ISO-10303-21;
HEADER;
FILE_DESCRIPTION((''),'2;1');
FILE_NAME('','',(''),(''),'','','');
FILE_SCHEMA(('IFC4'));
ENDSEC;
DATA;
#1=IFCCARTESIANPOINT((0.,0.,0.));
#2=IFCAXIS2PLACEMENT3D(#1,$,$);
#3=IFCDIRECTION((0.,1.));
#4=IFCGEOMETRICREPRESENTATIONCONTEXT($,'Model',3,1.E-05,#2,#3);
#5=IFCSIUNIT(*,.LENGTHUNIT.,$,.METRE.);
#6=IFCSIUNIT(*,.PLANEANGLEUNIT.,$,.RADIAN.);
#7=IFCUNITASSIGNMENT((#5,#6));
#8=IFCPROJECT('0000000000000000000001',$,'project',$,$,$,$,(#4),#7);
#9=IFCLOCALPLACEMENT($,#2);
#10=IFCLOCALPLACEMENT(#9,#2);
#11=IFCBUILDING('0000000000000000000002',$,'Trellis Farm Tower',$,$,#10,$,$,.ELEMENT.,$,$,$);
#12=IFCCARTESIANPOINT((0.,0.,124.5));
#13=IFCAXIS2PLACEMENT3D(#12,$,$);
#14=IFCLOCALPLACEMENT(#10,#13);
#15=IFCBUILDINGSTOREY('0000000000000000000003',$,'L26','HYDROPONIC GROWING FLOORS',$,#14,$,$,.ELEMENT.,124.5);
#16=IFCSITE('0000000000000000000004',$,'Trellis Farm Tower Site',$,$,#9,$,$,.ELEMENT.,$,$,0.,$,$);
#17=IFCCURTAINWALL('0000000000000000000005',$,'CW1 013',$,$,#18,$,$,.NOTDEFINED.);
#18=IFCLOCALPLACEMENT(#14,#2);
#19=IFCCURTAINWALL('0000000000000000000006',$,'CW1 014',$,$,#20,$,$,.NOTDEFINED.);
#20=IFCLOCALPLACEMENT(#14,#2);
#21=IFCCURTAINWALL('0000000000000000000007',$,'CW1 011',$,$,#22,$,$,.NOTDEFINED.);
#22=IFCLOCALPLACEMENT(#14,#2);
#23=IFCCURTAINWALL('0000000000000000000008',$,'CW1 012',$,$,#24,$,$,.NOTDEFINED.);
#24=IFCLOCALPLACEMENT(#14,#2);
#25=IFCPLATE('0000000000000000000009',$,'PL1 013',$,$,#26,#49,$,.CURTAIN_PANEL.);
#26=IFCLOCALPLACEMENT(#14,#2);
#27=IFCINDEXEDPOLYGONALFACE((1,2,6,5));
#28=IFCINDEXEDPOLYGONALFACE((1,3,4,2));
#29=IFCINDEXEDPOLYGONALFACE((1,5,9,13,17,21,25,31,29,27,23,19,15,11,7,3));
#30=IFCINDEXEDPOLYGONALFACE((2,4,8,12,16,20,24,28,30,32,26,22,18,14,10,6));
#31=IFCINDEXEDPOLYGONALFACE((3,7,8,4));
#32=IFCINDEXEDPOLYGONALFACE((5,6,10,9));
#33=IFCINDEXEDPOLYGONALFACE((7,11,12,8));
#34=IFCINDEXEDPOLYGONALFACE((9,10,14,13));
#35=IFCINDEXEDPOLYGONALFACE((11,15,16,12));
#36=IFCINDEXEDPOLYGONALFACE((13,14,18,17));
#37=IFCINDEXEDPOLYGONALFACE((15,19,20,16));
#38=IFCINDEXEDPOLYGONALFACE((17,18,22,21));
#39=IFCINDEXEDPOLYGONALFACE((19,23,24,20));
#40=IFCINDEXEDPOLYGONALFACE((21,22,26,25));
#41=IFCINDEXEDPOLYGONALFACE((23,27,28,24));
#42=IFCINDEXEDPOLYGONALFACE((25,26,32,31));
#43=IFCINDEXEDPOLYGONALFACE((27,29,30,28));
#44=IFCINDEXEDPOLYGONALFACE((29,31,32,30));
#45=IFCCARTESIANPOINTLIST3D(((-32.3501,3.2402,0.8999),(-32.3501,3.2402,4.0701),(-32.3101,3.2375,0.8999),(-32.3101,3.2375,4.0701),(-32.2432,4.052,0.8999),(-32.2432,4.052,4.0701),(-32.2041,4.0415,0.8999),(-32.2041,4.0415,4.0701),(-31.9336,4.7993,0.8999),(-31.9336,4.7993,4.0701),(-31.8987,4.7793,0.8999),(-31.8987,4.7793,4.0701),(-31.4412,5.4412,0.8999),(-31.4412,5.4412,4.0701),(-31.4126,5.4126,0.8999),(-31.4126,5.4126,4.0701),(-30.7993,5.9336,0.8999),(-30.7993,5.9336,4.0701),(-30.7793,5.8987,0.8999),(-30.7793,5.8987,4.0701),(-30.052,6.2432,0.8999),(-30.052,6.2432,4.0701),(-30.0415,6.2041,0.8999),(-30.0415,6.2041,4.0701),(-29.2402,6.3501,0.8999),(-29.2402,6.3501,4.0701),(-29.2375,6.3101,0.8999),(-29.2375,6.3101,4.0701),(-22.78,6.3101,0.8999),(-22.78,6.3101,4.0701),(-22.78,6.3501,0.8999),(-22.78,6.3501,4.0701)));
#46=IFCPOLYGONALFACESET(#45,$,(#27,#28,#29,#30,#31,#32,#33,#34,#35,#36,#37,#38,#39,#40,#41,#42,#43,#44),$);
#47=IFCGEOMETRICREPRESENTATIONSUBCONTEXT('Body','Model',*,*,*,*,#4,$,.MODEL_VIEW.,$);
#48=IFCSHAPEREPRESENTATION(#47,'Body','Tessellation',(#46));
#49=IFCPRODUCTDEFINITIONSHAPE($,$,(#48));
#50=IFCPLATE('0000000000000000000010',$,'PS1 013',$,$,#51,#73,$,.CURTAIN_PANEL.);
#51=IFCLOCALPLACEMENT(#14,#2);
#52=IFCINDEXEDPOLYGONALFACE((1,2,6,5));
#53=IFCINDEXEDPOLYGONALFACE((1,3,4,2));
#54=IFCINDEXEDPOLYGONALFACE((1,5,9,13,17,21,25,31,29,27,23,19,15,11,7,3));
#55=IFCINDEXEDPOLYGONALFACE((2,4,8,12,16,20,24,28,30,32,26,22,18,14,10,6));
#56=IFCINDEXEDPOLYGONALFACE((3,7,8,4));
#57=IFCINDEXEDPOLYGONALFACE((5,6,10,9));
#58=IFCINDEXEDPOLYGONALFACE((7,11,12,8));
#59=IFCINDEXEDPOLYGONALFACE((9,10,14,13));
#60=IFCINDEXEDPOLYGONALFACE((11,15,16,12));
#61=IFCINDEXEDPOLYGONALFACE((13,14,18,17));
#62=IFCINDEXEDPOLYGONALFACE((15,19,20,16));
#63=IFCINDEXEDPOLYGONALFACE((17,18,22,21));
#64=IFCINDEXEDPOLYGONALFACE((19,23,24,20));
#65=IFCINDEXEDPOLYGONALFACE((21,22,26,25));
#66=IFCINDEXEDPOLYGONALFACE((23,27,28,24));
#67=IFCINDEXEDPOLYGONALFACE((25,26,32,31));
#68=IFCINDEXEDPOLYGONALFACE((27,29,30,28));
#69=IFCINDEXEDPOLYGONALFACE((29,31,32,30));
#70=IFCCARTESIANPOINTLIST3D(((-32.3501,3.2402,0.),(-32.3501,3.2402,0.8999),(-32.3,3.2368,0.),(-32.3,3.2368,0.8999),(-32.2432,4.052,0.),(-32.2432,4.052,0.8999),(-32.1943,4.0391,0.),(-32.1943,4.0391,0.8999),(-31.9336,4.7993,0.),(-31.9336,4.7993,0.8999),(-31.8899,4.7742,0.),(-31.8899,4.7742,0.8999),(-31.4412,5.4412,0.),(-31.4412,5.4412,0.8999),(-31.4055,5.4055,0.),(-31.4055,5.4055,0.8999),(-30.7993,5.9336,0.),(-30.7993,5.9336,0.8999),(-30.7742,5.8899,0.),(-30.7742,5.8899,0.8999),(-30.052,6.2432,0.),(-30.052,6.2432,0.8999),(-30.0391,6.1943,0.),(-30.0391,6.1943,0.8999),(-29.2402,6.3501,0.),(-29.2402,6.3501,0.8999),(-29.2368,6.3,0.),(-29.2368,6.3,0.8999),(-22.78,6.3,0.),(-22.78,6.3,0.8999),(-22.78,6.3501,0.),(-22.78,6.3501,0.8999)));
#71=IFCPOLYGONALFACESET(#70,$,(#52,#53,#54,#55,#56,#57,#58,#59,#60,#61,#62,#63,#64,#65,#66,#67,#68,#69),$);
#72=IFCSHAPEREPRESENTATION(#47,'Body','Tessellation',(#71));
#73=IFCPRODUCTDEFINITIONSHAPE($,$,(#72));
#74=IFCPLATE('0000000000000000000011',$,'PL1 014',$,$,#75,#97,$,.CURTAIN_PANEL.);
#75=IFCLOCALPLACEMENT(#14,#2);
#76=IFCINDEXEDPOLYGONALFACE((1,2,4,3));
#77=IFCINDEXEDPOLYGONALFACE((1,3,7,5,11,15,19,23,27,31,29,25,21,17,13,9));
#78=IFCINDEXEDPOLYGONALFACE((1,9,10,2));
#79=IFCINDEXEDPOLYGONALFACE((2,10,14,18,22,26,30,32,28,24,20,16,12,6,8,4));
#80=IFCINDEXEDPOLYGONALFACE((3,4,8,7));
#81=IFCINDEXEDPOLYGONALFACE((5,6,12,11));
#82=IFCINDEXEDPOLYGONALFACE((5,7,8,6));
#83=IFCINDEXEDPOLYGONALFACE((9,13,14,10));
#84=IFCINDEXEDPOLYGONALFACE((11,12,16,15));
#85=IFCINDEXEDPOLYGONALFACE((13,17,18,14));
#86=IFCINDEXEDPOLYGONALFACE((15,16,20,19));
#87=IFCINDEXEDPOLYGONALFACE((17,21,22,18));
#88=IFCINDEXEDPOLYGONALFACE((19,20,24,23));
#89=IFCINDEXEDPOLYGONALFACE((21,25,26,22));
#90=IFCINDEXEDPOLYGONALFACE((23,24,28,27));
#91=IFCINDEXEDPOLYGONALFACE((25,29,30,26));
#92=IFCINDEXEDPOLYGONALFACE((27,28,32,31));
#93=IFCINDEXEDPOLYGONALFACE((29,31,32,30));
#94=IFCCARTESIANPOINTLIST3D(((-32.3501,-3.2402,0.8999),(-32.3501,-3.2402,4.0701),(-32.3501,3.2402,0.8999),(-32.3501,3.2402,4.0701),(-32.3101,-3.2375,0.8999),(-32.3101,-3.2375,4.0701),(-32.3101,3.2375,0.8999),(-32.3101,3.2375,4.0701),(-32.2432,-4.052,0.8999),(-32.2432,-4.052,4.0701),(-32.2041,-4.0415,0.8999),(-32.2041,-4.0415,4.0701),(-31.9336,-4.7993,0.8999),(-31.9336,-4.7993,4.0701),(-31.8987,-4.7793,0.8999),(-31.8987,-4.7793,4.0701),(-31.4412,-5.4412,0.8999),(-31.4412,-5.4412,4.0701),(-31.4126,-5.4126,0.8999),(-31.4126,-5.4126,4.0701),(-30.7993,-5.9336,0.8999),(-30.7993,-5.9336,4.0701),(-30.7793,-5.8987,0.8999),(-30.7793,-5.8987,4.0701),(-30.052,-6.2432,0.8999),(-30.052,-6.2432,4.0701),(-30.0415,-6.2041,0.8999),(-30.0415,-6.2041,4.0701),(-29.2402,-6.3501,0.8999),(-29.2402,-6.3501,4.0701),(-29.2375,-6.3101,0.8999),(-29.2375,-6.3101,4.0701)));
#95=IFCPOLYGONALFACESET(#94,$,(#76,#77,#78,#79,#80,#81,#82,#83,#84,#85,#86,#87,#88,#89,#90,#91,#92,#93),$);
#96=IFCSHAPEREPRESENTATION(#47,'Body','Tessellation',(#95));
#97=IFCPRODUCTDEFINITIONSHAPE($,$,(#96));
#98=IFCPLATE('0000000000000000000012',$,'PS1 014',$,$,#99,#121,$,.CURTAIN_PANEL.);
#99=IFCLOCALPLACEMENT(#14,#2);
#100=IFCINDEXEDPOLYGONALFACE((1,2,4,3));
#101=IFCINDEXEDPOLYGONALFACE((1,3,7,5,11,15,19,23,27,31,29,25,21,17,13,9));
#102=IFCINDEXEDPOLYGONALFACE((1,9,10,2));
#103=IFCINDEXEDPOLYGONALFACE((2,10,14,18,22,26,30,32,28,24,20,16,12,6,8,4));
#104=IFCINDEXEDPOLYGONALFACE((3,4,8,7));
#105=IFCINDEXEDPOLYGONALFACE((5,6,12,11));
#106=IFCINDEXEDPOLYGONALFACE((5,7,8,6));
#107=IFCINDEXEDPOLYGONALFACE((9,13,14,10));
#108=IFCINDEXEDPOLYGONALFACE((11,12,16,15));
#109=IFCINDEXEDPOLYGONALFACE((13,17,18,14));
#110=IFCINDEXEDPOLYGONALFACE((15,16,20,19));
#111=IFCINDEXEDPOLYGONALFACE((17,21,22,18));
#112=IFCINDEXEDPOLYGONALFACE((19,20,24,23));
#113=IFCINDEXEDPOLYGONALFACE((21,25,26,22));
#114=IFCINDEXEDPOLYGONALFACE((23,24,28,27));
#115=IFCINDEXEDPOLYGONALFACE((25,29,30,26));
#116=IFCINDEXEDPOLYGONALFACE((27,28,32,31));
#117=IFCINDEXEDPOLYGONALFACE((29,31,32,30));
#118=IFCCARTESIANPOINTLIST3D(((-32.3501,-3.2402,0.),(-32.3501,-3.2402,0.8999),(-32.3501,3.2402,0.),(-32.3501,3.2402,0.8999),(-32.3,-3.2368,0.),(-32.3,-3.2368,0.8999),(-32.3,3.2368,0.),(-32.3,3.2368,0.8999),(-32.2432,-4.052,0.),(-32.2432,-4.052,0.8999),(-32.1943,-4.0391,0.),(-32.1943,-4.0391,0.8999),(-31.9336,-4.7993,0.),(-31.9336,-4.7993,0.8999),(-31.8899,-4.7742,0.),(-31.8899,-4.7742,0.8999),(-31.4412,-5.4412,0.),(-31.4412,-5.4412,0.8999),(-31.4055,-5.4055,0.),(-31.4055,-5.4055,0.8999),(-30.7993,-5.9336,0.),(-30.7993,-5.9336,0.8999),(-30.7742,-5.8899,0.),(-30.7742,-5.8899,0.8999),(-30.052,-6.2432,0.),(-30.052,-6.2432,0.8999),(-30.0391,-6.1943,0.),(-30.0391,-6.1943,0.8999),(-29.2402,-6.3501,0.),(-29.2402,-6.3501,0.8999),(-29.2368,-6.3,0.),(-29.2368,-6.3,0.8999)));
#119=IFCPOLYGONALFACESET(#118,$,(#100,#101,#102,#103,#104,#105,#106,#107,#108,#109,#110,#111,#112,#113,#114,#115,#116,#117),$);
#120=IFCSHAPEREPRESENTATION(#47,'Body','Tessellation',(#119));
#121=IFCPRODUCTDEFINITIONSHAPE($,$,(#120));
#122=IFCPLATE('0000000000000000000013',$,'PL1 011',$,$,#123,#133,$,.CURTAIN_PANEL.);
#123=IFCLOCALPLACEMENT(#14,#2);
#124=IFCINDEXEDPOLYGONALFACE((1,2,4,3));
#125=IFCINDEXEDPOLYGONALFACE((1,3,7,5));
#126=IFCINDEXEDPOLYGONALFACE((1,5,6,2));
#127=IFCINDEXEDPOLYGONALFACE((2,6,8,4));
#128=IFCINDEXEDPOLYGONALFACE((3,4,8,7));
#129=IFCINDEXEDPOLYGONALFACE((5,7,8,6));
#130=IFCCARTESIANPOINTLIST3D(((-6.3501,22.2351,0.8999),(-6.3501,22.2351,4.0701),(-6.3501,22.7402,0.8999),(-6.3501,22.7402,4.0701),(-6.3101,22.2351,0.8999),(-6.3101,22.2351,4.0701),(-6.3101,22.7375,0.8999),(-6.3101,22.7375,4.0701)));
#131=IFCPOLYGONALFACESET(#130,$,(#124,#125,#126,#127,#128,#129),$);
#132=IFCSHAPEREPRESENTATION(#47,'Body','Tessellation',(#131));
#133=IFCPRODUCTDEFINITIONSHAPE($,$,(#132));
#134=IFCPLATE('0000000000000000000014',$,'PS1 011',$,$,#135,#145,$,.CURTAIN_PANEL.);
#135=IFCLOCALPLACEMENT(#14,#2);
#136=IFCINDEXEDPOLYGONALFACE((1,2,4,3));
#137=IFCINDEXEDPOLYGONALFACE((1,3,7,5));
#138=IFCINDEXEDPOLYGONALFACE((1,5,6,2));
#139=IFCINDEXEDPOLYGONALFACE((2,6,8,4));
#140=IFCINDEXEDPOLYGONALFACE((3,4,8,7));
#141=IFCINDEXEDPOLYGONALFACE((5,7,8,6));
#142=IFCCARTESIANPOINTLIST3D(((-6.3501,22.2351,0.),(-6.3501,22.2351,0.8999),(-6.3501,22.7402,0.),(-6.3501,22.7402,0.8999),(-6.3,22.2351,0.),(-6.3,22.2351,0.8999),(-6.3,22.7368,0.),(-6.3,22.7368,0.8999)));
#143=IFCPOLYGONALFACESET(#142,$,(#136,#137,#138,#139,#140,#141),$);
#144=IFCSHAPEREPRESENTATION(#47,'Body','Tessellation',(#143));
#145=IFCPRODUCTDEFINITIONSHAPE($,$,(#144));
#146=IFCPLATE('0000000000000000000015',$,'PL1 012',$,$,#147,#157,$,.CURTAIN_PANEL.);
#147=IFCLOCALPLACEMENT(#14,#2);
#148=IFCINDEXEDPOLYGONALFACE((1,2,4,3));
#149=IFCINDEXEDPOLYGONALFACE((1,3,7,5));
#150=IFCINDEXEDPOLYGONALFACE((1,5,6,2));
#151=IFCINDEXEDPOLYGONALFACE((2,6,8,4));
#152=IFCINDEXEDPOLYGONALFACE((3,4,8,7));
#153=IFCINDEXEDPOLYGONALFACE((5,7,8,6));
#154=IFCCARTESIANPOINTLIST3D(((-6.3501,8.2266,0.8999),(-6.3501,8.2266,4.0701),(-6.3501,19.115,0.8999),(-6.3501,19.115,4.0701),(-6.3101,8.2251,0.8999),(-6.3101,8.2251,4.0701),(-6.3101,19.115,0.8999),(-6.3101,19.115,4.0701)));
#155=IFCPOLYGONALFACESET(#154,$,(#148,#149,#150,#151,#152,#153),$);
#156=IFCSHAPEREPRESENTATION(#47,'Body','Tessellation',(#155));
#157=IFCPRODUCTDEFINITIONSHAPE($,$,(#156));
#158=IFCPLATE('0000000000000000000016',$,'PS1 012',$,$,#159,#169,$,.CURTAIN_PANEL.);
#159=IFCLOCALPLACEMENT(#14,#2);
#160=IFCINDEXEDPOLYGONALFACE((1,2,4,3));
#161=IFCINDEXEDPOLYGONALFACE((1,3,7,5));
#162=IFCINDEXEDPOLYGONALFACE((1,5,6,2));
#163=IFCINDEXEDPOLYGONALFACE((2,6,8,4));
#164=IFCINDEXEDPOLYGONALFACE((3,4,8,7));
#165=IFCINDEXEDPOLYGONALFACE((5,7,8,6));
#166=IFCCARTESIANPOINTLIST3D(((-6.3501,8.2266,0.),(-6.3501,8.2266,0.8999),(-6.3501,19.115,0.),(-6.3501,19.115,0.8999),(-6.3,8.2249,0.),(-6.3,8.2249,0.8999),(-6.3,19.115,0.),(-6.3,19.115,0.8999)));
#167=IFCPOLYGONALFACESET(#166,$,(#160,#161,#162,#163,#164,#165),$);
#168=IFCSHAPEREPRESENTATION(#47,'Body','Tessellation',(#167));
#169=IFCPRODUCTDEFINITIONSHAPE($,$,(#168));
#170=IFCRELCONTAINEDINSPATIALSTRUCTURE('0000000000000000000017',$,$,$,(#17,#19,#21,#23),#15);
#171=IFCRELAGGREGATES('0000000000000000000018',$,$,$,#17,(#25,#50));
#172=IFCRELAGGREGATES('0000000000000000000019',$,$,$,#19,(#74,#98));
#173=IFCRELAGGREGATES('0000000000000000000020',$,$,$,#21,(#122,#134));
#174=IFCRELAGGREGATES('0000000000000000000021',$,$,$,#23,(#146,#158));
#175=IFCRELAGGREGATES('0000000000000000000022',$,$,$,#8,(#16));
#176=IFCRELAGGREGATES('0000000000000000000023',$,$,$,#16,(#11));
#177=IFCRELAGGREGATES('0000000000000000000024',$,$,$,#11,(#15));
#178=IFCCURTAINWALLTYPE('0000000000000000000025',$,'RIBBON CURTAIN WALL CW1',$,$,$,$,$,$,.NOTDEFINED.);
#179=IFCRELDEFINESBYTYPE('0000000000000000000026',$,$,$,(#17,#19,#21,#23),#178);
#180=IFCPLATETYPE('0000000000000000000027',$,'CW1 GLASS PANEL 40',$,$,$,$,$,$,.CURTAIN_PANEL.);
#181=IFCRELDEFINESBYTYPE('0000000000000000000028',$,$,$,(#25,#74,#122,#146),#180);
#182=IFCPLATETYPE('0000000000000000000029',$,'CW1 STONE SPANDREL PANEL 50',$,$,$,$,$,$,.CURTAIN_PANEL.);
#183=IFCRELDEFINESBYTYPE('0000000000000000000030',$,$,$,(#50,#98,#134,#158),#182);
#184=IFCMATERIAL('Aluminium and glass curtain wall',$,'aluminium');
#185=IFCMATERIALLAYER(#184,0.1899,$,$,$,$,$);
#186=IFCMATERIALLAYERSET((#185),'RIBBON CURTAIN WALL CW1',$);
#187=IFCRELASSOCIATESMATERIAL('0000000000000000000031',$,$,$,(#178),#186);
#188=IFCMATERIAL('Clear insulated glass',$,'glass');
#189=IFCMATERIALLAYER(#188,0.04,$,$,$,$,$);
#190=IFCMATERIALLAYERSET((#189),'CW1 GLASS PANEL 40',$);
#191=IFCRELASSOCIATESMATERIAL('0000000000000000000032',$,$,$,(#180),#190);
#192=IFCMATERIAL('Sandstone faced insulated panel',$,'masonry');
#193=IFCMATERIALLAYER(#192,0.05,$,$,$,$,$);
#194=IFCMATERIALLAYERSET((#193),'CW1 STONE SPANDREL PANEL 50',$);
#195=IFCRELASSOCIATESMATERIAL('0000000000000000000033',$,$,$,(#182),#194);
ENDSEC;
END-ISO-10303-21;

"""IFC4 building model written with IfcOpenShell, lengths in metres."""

from ifc_helpers import new_model, si_unit, direction, frame, origin, place, context, subcontext, project, spatial, polyline, outline, extrude, source, transform, mapped, material, layer, layer_set, type_object, element, aggregate, save


model = new_model("IFC4")

# Units and contexts
model_context = context("Model", 3, precision=1e-05, world=origin(), true_north=direction((0.0, 1.0)))
body_context = subcontext(model_context, "Body", "Model", "MODEL_VIEW")
ifc_project = project(units=[si_unit("LENGTHUNIT", "METRE"), si_unit("PLANEANGLEUNIT", "RADIAN")], contexts=[model_context])

# Site, building, storey
site_placement = place(None, origin())
site = spatial("IfcSite", under=ifc_project, at=site_placement, Name="Trellis Farm Tower Site", CompositionType="ELEMENT", RefElevation=0.0)
building_placement = place(site_placement, origin())
building = spatial("IfcBuilding", under=site, at=building_placement, Name="Trellis Farm Tower", CompositionType="ELEMENT")
storey_placement = place(building_placement, frame((0.0, 0.0, 124.5)))
storey = spatial("IfcBuildingStorey", under=building, at=storey_placement, Name="L26", Description="HYDROPONIC GROWING FLOORS", CompositionType="ELEMENT", Elevation=124.5)

# Curtain walls
ifc_material_1 = material(Name="Aluminium and glass curtain wall", Category="aluminium")
placement_1 = place(storey_placement, origin())
ifc_layer_1 = layer(ifc_material_1, 0.1899)
ifc_layer_set_1 = layer_set([ifc_layer_1], Name="RIBBON CURTAIN WALL CW1")
curtain_wall_type_1 = type_object("IfcCurtainWallType", Name="RIBBON CURTAIN WALL CW1", PredefinedType="NOTDEFINED", material=ifc_layer_set_1)
curtain_wall_1 = element("IfcCurtainWall", 1, at=placement_1, inside=storey, type_object=curtain_wall_type_1, Name="CW1 013", PredefinedType="NOTDEFINED")
curtain_wall_2 = element("IfcCurtainWall", 2, at=placement_1, inside=storey, type_object=curtain_wall_type_1, Name="CW1 014", PredefinedType="NOTDEFINED")
curtain_wall_3 = element("IfcCurtainWall", 3, at=placement_1, inside=storey, type_object=curtain_wall_type_1, Name="CW1 011", PredefinedType="NOTDEFINED")
curtain_wall_4 = element("IfcCurtainWall", 4, at=placement_1, inside=storey, type_object=curtain_wall_type_1, Name="CW1 012", PredefinedType="NOTDEFINED")

# Plates
ifc_material_2 = material(Name="Clear insulated glass", Category="glass")
ifc_layer_2 = layer(ifc_material_2, 0.04)
ifc_layer_set_2 = layer_set([ifc_layer_2], Name="CW1 GLASS PANEL 40")
plate_type_1 = type_object("IfcPlateType", Name="CW1 GLASS PANEL 40", PredefinedType="CURTAIN_PANEL", material=ifc_layer_set_2)
shared_shape_1 = source(origin(), body_context, "Body", "SweptSolid", [
    extrude(outline(polyline([(-22.78, 6.3501), (-29.2402, 6.3501), (-30.052, 6.2432), (-30.7993, 5.9336), (-31.4412, 5.4412), (-31.9336, 4.7993), (-32.2432, 4.052), (-32.3501, 3.2402), (-32.3101, 3.2375), (-32.2041, 4.0415), (-31.8987, 4.7793), (-31.4126, 5.4126), (-30.7793, 5.8987), (-30.0415, 6.2041), (-29.2375, 6.3101), (-22.78, 6.3101), (-22.78, 6.3501)])), origin(), (0.0, 0.0, 1.0), 3.1702),
])
placement_2 = place(storey_placement, frame((0.0, 0.0, 0.8999)))
plate_1 = element("IfcPlate", 5, at=placement_2, type_object=plate_type_1, Name="PL1 013", PredefinedType="CURTAIN_PANEL", context=body_context, shape_type="MappedRepresentation", body=[
    mapped(shared_shape_1, transform((0.0, 0.0, 0.0))),
])
ifc_material_3 = material(Name="Sandstone faced insulated panel", Category="masonry")
ifc_layer_3 = layer(ifc_material_3, 0.05)
ifc_layer_set_3 = layer_set([ifc_layer_3], Name="CW1 STONE SPANDREL PANEL 50")
plate_type_2 = type_object("IfcPlateType", Name="CW1 STONE SPANDREL PANEL 50", PredefinedType="CURTAIN_PANEL", material=ifc_layer_set_3)
shared_shape_2 = source(origin(), body_context, "Body", "SweptSolid", [
    extrude(outline(polyline([(-22.78, 6.3501), (-29.2402, 6.3501), (-30.052, 6.2432), (-30.7993, 5.9336), (-31.4412, 5.4412), (-31.9336, 4.7993), (-32.2432, 4.052), (-32.3501, 3.2402), (-32.3, 3.2368), (-32.1943, 4.0391), (-31.8899, 4.7742), (-31.4055, 5.4055), (-30.7742, 5.8899), (-30.0391, 6.1943), (-29.2368, 6.3), (-22.78, 6.3), (-22.78, 6.3501)])), origin(), (0.0, 0.0, 1.0), 0.8999),
])
plate_2 = element("IfcPlate", 6, at=placement_1, type_object=plate_type_2, Name="PS1 013", PredefinedType="CURTAIN_PANEL", context=body_context, shape_type="MappedRepresentation", body=[
    mapped(shared_shape_2, transform((0.0, 0.0, 0.0))),
])
aggregate(curtain_wall_1, [plate_1, plate_2])
shared_shape_3 = source(origin(), body_context, "Body", "SweptSolid", [
    extrude(outline(polyline([(-32.3501, 3.2402), (-32.3501, -3.2402), (-32.2432, -4.052), (-31.9336, -4.7993), (-31.4412, -5.4412), (-30.7993, -5.9336), (-30.052, -6.2432), (-29.2402, -6.3501), (-29.2375, -6.3101), (-30.0415, -6.2041), (-30.7793, -5.8987), (-31.4126, -5.4126), (-31.8987, -4.7793), (-32.2041, -4.0415), (-32.3101, -3.2375), (-32.3101, 3.2375), (-32.3501, 3.2402)])), origin(), (0.0, 0.0, 1.0), 3.1702),
])
plate_3 = element("IfcPlate", 7, at=placement_2, type_object=plate_type_1, Name="PL1 014", PredefinedType="CURTAIN_PANEL", context=body_context, shape_type="MappedRepresentation", body=[
    mapped(shared_shape_3, transform((0.0, 0.0, 0.0))),
])
shared_shape_4 = source(origin(), body_context, "Body", "SweptSolid", [
    extrude(outline(polyline([(-32.3501, 3.2402), (-32.3501, -3.2402), (-32.2432, -4.052), (-31.9336, -4.7993), (-31.4412, -5.4412), (-30.7993, -5.9336), (-30.052, -6.2432), (-29.2402, -6.3501), (-29.2368, -6.3), (-30.0391, -6.1943), (-30.7742, -5.8899), (-31.4055, -5.4055), (-31.8899, -4.7742), (-32.1943, -4.0391), (-32.3, -3.2368), (-32.3, 3.2368), (-32.3501, 3.2402)])), origin(), (0.0, 0.0, 1.0), 0.8999),
])
plate_4 = element("IfcPlate", 8, at=placement_1, type_object=plate_type_2, Name="PS1 014", PredefinedType="CURTAIN_PANEL", context=body_context, shape_type="MappedRepresentation", body=[
    mapped(shared_shape_4, transform((0.0, 0.0, 0.0))),
])
aggregate(curtain_wall_2, [plate_3, plate_4])
shared_shape_5 = source(origin(), body_context, "Body", "SweptSolid", [
    extrude(outline(polyline([(-6.3501, 22.7402), (-6.3501, 22.2351), (-6.3101, 22.2351), (-6.3101, 22.7375), (-6.3501, 22.7402)])), origin(), (0.0, 0.0, 1.0), 3.1702),
])
plate_5 = element("IfcPlate", 9, at=placement_2, type_object=plate_type_1, Name="PL1 011", PredefinedType="CURTAIN_PANEL", context=body_context, shape_type="MappedRepresentation", body=[
    mapped(shared_shape_5, transform((0.0, 0.0, 0.0))),
])
shared_shape_6 = source(origin(), body_context, "Body", "SweptSolid", [
    extrude(outline(polyline([(-6.3501, 22.7402), (-6.3501, 22.2351), (-6.3, 22.2351), (-6.3, 22.7368), (-6.3501, 22.7402)])), origin(), (0.0, 0.0, 1.0), 0.8999),
])
plate_6 = element("IfcPlate", 10, at=placement_1, type_object=plate_type_2, Name="PS1 011", PredefinedType="CURTAIN_PANEL", context=body_context, shape_type="MappedRepresentation", body=[
    mapped(shared_shape_6, transform((0.0, 0.0, 0.0))),
])
aggregate(curtain_wall_3, [plate_5, plate_6])
shared_shape_7 = source(origin(), body_context, "Body", "SweptSolid", [
    extrude(outline(polyline([(-6.3501, 19.115), (-6.3501, 8.2266), (-6.3101, 8.2251), (-6.3101, 19.115), (-6.3501, 19.115)])), origin(), (0.0, 0.0, 1.0), 3.1702),
])
plate_7 = element("IfcPlate", 11, at=placement_2, type_object=plate_type_1, Name="PL1 012", PredefinedType="CURTAIN_PANEL", context=body_context, shape_type="MappedRepresentation", body=[
    mapped(shared_shape_7, transform((0.0, 0.0, 0.0))),
])
shared_shape_8 = source(origin(), body_context, "Body", "SweptSolid", [
    extrude(outline(polyline([(-6.3501, 19.115), (-6.3501, 8.2266), (-6.3, 8.2249), (-6.3, 19.115), (-6.3501, 19.115)])), origin(), (0.0, 0.0, 1.0), 0.8999),
])
plate_8 = element("IfcPlate", 12, at=placement_1, type_object=plate_type_2, Name="PS1 012", PredefinedType="CURTAIN_PANEL", context=body_context, shape_type="MappedRepresentation", body=[
    mapped(shared_shape_8, transform((0.0, 0.0, 0.0))),
])
aggregate(curtain_wall_4, [plate_7, plate_8])

save(model, "model.ifc")
